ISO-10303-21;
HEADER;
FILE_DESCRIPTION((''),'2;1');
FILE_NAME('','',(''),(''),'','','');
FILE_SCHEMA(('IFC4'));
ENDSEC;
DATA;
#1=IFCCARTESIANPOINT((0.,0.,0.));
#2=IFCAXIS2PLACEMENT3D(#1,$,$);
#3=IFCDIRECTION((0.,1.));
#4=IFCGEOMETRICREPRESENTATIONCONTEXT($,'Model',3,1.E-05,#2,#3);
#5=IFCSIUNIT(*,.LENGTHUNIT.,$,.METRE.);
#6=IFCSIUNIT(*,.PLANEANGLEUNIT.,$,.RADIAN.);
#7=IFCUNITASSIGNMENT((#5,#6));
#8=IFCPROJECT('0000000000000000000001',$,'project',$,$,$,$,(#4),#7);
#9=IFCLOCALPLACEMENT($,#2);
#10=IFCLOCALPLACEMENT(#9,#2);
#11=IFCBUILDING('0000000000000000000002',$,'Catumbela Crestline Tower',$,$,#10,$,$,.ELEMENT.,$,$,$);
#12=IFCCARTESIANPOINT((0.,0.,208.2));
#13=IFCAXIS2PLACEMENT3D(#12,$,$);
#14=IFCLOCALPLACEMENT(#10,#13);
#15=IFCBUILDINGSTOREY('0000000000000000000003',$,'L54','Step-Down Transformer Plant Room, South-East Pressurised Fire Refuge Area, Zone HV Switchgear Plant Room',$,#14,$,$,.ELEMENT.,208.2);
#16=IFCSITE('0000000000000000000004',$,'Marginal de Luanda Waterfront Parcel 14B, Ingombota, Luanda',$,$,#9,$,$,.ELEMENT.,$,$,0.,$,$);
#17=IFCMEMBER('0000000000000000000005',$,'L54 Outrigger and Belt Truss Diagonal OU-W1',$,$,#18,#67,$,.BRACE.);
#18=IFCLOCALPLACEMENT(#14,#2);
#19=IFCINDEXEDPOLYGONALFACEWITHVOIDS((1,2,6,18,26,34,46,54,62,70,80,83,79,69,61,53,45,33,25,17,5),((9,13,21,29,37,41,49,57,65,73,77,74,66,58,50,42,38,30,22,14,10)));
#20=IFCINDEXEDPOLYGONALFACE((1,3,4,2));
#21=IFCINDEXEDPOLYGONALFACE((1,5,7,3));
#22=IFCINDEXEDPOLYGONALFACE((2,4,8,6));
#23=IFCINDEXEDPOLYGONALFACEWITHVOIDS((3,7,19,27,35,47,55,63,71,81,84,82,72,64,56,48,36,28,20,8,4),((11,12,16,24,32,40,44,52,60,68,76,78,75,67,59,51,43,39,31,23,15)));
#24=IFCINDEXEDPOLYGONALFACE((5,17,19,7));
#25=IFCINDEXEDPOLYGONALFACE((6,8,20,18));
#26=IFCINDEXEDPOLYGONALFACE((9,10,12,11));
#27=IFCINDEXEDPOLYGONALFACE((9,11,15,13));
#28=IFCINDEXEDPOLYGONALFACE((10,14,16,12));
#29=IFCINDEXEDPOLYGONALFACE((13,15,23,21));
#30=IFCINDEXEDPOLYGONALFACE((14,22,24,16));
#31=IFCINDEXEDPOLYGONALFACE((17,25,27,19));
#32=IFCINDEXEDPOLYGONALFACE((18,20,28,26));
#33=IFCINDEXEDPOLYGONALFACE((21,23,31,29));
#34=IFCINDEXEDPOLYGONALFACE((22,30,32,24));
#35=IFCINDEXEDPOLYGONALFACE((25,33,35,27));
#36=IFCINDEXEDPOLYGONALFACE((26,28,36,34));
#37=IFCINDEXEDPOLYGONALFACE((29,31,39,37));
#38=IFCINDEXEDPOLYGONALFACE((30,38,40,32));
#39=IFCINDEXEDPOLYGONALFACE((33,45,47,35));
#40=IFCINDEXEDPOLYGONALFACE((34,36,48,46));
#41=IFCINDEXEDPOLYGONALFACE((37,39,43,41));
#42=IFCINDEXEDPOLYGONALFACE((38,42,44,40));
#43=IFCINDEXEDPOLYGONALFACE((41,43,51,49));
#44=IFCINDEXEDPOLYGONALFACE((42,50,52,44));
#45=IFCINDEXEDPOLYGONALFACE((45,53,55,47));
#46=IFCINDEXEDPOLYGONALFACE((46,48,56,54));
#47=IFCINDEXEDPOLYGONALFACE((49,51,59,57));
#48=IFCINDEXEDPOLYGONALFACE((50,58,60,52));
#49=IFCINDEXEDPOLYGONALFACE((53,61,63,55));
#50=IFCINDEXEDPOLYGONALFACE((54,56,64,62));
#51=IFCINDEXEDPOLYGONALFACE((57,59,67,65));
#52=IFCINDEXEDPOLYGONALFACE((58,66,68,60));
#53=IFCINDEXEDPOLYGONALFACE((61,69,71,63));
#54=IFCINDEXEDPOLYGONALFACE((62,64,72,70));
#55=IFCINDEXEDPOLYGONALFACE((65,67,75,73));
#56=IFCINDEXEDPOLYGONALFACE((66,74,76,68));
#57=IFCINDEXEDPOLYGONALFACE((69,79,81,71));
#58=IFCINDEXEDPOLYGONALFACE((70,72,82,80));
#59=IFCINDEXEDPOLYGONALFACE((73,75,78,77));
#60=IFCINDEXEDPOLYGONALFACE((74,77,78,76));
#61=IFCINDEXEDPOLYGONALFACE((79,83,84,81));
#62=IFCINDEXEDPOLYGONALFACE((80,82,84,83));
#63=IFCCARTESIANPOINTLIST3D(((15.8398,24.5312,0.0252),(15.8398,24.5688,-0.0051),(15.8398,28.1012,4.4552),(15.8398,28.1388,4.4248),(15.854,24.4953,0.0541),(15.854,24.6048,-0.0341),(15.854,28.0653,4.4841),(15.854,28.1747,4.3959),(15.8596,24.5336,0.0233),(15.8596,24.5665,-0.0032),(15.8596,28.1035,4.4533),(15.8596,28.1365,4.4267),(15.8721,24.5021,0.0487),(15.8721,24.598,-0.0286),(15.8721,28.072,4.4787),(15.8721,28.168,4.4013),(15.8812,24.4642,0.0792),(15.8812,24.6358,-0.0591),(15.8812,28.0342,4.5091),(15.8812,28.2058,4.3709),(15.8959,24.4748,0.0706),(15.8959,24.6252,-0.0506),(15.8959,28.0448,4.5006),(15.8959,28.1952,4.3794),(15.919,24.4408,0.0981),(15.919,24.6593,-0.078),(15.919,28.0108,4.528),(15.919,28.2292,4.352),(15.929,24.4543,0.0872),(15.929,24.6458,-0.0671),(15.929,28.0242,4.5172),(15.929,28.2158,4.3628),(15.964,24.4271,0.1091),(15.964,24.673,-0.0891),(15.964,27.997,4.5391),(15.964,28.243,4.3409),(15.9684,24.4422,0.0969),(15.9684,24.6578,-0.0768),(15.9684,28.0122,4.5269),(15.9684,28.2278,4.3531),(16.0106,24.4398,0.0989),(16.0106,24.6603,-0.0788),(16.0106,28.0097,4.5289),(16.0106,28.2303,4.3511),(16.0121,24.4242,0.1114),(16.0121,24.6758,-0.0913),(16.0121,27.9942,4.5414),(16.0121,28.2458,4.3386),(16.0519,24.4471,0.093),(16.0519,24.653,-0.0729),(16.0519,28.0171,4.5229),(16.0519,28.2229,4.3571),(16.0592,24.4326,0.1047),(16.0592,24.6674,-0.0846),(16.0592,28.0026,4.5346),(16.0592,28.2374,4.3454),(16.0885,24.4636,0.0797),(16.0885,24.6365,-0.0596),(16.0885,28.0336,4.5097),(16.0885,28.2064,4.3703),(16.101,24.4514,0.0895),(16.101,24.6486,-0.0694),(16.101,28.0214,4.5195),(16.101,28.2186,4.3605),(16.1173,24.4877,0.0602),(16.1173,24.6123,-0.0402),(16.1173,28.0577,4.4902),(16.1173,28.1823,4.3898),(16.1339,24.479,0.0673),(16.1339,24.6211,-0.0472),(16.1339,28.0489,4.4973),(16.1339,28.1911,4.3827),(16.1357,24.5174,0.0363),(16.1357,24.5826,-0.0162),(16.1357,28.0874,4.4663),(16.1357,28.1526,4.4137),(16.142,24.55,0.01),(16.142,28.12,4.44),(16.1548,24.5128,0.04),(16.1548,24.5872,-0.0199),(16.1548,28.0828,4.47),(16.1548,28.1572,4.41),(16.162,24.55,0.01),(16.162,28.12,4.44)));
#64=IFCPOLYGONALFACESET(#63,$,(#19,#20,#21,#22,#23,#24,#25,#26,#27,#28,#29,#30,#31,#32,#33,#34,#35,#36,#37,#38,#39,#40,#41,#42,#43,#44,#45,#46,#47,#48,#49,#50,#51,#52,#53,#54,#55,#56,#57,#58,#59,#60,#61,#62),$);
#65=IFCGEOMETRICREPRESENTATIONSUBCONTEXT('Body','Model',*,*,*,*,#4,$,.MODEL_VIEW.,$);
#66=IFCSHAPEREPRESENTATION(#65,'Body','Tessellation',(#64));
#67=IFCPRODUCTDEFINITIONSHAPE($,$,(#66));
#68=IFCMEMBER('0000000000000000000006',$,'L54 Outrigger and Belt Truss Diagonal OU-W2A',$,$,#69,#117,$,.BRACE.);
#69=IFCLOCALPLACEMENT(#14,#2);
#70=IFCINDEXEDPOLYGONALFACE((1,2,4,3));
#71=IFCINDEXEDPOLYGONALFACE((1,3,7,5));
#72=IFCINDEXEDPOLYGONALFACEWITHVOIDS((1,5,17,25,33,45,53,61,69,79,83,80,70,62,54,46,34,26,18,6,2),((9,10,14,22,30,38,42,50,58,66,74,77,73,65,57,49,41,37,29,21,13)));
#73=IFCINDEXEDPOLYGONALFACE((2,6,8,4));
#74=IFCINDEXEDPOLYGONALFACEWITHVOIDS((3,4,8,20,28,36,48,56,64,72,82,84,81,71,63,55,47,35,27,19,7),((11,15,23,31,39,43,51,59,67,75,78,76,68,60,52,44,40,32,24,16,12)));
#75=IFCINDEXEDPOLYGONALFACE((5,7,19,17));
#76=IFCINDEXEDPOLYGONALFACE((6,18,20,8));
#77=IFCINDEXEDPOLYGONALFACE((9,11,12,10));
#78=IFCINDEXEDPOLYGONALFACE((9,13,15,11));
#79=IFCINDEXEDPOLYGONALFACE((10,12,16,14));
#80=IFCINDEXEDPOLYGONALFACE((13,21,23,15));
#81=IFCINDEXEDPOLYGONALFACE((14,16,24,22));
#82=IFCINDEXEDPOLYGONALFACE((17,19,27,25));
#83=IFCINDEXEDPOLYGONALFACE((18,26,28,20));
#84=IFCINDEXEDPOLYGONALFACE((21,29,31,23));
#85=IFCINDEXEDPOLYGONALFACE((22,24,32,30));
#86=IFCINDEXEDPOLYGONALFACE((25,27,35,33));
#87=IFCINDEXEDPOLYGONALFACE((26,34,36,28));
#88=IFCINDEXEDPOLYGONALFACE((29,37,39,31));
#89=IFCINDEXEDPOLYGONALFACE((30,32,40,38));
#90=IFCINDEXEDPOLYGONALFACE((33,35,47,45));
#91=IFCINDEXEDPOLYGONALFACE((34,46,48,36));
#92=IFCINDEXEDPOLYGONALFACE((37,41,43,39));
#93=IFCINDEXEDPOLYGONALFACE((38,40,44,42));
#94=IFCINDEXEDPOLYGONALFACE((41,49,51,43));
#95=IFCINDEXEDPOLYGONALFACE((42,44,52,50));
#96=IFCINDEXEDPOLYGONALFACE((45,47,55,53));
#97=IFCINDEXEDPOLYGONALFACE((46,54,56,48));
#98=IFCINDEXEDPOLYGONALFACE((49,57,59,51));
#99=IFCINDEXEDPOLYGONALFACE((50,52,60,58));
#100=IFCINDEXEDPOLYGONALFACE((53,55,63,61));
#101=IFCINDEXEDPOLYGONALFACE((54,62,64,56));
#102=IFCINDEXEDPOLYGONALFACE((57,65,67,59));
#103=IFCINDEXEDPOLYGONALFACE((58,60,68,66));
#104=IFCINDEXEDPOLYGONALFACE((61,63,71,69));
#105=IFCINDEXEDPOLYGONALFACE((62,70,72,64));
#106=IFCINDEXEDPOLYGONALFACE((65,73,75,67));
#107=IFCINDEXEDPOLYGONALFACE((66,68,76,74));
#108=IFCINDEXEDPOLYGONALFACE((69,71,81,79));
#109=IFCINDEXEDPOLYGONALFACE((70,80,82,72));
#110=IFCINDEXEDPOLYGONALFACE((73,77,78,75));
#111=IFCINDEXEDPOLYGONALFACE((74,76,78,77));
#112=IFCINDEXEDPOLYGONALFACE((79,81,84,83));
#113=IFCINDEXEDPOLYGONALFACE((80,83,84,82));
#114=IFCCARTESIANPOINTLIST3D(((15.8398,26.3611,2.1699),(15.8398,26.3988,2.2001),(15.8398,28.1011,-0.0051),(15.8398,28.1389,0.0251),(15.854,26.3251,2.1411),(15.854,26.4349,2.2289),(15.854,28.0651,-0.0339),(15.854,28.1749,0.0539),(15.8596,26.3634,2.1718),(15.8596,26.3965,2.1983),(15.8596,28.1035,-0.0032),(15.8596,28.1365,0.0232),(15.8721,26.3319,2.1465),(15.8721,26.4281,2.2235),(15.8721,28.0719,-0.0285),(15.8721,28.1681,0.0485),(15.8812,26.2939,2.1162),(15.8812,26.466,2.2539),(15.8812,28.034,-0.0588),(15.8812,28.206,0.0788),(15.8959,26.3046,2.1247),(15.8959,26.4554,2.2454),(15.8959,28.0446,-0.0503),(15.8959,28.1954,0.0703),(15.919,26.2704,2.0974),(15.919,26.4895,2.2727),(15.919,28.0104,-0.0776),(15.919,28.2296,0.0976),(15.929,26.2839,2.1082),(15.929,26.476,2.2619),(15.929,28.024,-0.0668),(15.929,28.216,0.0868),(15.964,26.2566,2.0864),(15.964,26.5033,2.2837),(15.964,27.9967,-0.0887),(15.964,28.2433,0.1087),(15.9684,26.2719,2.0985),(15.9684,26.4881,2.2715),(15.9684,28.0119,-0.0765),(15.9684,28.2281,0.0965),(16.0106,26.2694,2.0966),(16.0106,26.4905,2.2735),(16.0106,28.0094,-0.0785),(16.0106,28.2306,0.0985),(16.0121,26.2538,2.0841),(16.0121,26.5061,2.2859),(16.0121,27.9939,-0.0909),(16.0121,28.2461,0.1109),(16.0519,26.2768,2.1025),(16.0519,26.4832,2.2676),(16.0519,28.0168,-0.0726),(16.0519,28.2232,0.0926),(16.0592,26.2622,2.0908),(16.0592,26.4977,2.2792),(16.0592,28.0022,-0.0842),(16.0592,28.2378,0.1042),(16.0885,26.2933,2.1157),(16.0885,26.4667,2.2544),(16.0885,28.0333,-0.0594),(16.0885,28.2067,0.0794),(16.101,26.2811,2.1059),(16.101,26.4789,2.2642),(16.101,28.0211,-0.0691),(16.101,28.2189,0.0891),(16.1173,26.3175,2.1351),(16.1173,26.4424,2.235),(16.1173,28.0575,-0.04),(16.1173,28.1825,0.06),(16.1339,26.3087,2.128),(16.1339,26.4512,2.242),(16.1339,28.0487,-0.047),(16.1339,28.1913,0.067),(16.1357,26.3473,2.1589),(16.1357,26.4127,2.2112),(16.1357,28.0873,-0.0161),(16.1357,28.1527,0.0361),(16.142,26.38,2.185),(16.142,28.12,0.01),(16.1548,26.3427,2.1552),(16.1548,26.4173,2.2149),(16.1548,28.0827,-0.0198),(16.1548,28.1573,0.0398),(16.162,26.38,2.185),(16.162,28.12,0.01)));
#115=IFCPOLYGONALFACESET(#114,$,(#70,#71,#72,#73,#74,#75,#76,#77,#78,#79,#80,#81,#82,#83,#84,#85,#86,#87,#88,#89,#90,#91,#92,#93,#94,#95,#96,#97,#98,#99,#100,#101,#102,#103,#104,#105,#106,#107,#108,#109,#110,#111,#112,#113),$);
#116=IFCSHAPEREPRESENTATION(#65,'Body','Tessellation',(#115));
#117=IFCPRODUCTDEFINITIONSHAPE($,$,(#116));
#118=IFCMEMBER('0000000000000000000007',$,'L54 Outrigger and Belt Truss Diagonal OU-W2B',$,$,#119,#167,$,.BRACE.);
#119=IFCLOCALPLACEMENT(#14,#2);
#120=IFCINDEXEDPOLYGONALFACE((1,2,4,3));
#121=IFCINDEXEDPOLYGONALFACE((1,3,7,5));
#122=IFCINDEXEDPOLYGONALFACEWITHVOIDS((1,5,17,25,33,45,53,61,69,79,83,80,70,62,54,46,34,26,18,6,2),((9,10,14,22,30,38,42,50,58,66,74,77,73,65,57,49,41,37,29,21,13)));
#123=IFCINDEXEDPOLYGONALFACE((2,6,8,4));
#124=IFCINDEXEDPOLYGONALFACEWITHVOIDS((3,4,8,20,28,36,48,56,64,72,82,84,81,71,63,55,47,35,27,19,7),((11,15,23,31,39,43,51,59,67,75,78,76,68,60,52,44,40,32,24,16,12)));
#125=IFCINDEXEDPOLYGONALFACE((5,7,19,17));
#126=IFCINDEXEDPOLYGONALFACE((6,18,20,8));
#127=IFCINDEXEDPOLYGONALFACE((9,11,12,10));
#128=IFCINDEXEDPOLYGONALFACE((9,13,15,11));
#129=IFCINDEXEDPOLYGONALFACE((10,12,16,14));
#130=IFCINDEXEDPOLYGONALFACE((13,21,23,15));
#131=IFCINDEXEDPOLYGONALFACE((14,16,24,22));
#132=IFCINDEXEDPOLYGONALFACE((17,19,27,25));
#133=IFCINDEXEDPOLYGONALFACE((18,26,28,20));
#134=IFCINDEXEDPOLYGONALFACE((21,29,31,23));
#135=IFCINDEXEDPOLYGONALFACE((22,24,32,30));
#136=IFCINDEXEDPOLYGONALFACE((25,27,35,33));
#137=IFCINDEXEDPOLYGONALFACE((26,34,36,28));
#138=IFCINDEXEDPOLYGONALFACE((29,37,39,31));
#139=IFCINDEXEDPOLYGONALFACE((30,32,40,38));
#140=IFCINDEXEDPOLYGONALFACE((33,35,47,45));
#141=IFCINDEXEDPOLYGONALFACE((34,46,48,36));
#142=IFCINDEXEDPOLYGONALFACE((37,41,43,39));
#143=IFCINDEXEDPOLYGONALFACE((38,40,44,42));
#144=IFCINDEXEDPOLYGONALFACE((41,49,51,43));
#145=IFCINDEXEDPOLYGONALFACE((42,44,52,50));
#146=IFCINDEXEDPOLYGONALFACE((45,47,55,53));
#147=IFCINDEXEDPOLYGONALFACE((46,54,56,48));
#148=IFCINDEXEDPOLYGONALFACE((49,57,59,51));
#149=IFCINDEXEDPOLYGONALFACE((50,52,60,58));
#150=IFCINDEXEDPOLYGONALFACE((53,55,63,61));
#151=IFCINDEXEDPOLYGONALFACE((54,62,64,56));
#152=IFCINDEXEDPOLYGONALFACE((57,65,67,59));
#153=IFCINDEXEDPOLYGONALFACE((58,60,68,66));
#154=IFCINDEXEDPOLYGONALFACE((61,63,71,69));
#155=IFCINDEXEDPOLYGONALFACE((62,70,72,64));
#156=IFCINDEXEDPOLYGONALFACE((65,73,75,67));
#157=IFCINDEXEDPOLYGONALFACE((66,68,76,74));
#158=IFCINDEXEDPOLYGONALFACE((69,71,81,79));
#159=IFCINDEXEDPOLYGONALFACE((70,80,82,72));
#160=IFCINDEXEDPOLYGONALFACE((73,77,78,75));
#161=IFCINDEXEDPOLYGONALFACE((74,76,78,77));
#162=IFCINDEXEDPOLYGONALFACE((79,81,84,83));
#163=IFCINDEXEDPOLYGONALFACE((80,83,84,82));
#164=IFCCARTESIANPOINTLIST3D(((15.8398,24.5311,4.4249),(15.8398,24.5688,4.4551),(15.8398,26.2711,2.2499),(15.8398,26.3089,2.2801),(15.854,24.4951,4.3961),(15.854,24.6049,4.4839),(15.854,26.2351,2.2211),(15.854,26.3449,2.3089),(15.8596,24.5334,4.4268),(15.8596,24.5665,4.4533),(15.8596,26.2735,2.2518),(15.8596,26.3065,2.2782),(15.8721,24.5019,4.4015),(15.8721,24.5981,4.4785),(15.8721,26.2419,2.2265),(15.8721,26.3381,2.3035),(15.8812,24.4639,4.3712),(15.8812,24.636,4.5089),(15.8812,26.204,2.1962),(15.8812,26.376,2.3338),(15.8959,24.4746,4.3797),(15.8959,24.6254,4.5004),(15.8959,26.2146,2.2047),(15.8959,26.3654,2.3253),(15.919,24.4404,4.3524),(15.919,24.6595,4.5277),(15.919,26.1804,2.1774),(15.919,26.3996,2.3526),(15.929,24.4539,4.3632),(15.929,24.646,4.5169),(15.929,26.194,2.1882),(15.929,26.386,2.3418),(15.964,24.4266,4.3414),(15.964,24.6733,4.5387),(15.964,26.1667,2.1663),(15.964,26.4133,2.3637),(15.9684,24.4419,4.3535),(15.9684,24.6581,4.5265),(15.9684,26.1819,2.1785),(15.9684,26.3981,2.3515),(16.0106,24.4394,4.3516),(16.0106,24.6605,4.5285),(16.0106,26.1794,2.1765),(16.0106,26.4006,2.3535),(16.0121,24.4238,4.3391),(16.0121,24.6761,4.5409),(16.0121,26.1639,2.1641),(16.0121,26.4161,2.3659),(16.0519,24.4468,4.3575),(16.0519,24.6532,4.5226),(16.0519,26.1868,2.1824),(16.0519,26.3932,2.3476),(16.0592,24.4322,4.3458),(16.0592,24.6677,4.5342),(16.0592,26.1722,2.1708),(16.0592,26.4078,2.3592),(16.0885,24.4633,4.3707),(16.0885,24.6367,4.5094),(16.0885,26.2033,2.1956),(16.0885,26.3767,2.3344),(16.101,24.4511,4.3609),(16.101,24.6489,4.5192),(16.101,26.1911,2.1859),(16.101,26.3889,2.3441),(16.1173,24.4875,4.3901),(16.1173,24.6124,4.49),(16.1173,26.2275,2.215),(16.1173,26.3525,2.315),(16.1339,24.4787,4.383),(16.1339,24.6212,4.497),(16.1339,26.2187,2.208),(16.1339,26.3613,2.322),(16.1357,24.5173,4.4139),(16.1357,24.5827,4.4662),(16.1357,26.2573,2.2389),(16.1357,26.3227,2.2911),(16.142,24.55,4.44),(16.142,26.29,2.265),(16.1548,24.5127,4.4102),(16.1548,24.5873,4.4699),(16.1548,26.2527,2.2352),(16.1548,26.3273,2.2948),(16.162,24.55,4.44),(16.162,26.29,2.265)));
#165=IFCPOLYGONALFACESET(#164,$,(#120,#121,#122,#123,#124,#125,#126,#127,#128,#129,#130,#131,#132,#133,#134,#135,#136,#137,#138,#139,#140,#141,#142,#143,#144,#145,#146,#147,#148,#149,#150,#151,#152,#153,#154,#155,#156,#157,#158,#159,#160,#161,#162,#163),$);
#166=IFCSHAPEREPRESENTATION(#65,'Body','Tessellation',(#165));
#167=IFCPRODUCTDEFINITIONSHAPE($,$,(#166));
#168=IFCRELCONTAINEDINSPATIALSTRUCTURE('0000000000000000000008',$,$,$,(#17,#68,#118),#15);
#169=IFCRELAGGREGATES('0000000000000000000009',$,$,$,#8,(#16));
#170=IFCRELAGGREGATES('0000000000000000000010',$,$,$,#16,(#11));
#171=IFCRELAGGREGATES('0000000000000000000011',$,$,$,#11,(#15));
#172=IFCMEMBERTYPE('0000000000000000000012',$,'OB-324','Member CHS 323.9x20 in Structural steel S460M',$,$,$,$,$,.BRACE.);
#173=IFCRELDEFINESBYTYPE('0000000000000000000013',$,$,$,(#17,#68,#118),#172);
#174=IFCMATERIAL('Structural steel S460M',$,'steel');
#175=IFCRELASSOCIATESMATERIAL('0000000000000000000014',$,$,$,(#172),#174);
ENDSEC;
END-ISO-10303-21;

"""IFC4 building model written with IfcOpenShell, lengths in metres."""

from ifc_helpers import new_model, si_unit, direction, frame, origin, origin_2d, place, context, subcontext, project, spatial, hollow_circle, extrude, material, material_profile, profile_set, type_object, element, save


model = new_model("IFC4")

# Units and contexts
model_context = context("Model", 3, precision=1e-05, world=origin(), true_north=direction((0.0, 1.0)))
body_context = subcontext(model_context, "Body", "Model", "MODEL_VIEW")
ifc_project = project(units=[si_unit("LENGTHUNIT", "METRE"), si_unit("PLANEANGLEUNIT", "RADIAN")], contexts=[model_context])

# Site, building, storey
site_placement = place(None, origin())
site = spatial("IfcSite", under=ifc_project, at=site_placement, Name="Marginal de Luanda Waterfront Parcel 14B, Ingombota, Luanda", CompositionType="ELEMENT", RefElevation=0.0)
building_placement = place(site_placement, origin())
building = spatial("IfcBuilding", under=site, at=building_placement, Name="Catumbela Crestline Tower", CompositionType="ELEMENT")
storey_placement = place(building_placement, frame((0.0, 0.0, 208.2)))
storey = spatial("IfcBuildingStorey", under=building, at=storey_placement, Name="L54", Description="Step-Down Transformer Plant Room, South-East Pressurised Fire Refuge Area, Zone HV Switchgear Plant Room", CompositionType="ELEMENT", Elevation=208.2)

# Members
ifc_material_1 = material(Name="Structural steel S460M", Category="steel")
ifc_material_profile_1 = material_profile(ifc_material_1, hollow_circle(Radius=0.162, WallThickness=0.02, at=origin_2d()), Name="CHS 323.9x20")
ifc_profile_set_1 = profile_set([ifc_material_profile_1], Name="Structural steel S460M")
member_type_1 = type_object("IfcMemberType", Name="OB-324", Description="Member CHS 323.9x20 in Structural steel S460M", PredefinedType="BRACE", material=ifc_profile_set_1)
member_1_placement = place(storey_placement, frame((16.0, 28.12, 4.44), z_axis=(0.0, -0.627478, -0.778635), x_axis=(1.0, 0.0, 0.0)))
element("IfcMember", 1, at=member_1_placement, inside=storey, type_object=member_type_1, Name="L54 Outrigger and Belt Truss Diagonal OU-W1", PredefinedType="BRACE", context=body_context, shape_type="SweptSolid", body=[
    extrude(hollow_circle(Radius=0.162, WallThickness=0.02, at=origin_2d()), origin(), (0.0, 0.0, 1.0), 5.6894),
])
for number, where, z_axis, x_axis, name in (
    (2, (16.0, 28.12, 0.01), (0.0, -0.624695, 0.780869), (1.0, 0.0, 0.0), "L54 Outrigger and Belt Truss Diagonal OU-W2A"),
    (3, (16.0, 26.29, 2.265), (0.0, -0.624695, 0.780869), (1.0, 0.0, 0.0), "L54 Outrigger and Belt Truss Diagonal OU-W2B"),
):
    element("IfcMember", number, at=place(storey_placement, frame(where, z_axis=z_axis, x_axis=x_axis)), inside=storey, type_object=member_type_1, Name=name, PredefinedType="BRACE", context=body_context, shape_type="SweptSolid", body=[
        extrude(hollow_circle(Radius=0.162, WallThickness=0.02, at=origin_2d()), origin(), (0.0, 0.0, 1.0), 2.7854),
    ])

save(model, "model.ifc")
